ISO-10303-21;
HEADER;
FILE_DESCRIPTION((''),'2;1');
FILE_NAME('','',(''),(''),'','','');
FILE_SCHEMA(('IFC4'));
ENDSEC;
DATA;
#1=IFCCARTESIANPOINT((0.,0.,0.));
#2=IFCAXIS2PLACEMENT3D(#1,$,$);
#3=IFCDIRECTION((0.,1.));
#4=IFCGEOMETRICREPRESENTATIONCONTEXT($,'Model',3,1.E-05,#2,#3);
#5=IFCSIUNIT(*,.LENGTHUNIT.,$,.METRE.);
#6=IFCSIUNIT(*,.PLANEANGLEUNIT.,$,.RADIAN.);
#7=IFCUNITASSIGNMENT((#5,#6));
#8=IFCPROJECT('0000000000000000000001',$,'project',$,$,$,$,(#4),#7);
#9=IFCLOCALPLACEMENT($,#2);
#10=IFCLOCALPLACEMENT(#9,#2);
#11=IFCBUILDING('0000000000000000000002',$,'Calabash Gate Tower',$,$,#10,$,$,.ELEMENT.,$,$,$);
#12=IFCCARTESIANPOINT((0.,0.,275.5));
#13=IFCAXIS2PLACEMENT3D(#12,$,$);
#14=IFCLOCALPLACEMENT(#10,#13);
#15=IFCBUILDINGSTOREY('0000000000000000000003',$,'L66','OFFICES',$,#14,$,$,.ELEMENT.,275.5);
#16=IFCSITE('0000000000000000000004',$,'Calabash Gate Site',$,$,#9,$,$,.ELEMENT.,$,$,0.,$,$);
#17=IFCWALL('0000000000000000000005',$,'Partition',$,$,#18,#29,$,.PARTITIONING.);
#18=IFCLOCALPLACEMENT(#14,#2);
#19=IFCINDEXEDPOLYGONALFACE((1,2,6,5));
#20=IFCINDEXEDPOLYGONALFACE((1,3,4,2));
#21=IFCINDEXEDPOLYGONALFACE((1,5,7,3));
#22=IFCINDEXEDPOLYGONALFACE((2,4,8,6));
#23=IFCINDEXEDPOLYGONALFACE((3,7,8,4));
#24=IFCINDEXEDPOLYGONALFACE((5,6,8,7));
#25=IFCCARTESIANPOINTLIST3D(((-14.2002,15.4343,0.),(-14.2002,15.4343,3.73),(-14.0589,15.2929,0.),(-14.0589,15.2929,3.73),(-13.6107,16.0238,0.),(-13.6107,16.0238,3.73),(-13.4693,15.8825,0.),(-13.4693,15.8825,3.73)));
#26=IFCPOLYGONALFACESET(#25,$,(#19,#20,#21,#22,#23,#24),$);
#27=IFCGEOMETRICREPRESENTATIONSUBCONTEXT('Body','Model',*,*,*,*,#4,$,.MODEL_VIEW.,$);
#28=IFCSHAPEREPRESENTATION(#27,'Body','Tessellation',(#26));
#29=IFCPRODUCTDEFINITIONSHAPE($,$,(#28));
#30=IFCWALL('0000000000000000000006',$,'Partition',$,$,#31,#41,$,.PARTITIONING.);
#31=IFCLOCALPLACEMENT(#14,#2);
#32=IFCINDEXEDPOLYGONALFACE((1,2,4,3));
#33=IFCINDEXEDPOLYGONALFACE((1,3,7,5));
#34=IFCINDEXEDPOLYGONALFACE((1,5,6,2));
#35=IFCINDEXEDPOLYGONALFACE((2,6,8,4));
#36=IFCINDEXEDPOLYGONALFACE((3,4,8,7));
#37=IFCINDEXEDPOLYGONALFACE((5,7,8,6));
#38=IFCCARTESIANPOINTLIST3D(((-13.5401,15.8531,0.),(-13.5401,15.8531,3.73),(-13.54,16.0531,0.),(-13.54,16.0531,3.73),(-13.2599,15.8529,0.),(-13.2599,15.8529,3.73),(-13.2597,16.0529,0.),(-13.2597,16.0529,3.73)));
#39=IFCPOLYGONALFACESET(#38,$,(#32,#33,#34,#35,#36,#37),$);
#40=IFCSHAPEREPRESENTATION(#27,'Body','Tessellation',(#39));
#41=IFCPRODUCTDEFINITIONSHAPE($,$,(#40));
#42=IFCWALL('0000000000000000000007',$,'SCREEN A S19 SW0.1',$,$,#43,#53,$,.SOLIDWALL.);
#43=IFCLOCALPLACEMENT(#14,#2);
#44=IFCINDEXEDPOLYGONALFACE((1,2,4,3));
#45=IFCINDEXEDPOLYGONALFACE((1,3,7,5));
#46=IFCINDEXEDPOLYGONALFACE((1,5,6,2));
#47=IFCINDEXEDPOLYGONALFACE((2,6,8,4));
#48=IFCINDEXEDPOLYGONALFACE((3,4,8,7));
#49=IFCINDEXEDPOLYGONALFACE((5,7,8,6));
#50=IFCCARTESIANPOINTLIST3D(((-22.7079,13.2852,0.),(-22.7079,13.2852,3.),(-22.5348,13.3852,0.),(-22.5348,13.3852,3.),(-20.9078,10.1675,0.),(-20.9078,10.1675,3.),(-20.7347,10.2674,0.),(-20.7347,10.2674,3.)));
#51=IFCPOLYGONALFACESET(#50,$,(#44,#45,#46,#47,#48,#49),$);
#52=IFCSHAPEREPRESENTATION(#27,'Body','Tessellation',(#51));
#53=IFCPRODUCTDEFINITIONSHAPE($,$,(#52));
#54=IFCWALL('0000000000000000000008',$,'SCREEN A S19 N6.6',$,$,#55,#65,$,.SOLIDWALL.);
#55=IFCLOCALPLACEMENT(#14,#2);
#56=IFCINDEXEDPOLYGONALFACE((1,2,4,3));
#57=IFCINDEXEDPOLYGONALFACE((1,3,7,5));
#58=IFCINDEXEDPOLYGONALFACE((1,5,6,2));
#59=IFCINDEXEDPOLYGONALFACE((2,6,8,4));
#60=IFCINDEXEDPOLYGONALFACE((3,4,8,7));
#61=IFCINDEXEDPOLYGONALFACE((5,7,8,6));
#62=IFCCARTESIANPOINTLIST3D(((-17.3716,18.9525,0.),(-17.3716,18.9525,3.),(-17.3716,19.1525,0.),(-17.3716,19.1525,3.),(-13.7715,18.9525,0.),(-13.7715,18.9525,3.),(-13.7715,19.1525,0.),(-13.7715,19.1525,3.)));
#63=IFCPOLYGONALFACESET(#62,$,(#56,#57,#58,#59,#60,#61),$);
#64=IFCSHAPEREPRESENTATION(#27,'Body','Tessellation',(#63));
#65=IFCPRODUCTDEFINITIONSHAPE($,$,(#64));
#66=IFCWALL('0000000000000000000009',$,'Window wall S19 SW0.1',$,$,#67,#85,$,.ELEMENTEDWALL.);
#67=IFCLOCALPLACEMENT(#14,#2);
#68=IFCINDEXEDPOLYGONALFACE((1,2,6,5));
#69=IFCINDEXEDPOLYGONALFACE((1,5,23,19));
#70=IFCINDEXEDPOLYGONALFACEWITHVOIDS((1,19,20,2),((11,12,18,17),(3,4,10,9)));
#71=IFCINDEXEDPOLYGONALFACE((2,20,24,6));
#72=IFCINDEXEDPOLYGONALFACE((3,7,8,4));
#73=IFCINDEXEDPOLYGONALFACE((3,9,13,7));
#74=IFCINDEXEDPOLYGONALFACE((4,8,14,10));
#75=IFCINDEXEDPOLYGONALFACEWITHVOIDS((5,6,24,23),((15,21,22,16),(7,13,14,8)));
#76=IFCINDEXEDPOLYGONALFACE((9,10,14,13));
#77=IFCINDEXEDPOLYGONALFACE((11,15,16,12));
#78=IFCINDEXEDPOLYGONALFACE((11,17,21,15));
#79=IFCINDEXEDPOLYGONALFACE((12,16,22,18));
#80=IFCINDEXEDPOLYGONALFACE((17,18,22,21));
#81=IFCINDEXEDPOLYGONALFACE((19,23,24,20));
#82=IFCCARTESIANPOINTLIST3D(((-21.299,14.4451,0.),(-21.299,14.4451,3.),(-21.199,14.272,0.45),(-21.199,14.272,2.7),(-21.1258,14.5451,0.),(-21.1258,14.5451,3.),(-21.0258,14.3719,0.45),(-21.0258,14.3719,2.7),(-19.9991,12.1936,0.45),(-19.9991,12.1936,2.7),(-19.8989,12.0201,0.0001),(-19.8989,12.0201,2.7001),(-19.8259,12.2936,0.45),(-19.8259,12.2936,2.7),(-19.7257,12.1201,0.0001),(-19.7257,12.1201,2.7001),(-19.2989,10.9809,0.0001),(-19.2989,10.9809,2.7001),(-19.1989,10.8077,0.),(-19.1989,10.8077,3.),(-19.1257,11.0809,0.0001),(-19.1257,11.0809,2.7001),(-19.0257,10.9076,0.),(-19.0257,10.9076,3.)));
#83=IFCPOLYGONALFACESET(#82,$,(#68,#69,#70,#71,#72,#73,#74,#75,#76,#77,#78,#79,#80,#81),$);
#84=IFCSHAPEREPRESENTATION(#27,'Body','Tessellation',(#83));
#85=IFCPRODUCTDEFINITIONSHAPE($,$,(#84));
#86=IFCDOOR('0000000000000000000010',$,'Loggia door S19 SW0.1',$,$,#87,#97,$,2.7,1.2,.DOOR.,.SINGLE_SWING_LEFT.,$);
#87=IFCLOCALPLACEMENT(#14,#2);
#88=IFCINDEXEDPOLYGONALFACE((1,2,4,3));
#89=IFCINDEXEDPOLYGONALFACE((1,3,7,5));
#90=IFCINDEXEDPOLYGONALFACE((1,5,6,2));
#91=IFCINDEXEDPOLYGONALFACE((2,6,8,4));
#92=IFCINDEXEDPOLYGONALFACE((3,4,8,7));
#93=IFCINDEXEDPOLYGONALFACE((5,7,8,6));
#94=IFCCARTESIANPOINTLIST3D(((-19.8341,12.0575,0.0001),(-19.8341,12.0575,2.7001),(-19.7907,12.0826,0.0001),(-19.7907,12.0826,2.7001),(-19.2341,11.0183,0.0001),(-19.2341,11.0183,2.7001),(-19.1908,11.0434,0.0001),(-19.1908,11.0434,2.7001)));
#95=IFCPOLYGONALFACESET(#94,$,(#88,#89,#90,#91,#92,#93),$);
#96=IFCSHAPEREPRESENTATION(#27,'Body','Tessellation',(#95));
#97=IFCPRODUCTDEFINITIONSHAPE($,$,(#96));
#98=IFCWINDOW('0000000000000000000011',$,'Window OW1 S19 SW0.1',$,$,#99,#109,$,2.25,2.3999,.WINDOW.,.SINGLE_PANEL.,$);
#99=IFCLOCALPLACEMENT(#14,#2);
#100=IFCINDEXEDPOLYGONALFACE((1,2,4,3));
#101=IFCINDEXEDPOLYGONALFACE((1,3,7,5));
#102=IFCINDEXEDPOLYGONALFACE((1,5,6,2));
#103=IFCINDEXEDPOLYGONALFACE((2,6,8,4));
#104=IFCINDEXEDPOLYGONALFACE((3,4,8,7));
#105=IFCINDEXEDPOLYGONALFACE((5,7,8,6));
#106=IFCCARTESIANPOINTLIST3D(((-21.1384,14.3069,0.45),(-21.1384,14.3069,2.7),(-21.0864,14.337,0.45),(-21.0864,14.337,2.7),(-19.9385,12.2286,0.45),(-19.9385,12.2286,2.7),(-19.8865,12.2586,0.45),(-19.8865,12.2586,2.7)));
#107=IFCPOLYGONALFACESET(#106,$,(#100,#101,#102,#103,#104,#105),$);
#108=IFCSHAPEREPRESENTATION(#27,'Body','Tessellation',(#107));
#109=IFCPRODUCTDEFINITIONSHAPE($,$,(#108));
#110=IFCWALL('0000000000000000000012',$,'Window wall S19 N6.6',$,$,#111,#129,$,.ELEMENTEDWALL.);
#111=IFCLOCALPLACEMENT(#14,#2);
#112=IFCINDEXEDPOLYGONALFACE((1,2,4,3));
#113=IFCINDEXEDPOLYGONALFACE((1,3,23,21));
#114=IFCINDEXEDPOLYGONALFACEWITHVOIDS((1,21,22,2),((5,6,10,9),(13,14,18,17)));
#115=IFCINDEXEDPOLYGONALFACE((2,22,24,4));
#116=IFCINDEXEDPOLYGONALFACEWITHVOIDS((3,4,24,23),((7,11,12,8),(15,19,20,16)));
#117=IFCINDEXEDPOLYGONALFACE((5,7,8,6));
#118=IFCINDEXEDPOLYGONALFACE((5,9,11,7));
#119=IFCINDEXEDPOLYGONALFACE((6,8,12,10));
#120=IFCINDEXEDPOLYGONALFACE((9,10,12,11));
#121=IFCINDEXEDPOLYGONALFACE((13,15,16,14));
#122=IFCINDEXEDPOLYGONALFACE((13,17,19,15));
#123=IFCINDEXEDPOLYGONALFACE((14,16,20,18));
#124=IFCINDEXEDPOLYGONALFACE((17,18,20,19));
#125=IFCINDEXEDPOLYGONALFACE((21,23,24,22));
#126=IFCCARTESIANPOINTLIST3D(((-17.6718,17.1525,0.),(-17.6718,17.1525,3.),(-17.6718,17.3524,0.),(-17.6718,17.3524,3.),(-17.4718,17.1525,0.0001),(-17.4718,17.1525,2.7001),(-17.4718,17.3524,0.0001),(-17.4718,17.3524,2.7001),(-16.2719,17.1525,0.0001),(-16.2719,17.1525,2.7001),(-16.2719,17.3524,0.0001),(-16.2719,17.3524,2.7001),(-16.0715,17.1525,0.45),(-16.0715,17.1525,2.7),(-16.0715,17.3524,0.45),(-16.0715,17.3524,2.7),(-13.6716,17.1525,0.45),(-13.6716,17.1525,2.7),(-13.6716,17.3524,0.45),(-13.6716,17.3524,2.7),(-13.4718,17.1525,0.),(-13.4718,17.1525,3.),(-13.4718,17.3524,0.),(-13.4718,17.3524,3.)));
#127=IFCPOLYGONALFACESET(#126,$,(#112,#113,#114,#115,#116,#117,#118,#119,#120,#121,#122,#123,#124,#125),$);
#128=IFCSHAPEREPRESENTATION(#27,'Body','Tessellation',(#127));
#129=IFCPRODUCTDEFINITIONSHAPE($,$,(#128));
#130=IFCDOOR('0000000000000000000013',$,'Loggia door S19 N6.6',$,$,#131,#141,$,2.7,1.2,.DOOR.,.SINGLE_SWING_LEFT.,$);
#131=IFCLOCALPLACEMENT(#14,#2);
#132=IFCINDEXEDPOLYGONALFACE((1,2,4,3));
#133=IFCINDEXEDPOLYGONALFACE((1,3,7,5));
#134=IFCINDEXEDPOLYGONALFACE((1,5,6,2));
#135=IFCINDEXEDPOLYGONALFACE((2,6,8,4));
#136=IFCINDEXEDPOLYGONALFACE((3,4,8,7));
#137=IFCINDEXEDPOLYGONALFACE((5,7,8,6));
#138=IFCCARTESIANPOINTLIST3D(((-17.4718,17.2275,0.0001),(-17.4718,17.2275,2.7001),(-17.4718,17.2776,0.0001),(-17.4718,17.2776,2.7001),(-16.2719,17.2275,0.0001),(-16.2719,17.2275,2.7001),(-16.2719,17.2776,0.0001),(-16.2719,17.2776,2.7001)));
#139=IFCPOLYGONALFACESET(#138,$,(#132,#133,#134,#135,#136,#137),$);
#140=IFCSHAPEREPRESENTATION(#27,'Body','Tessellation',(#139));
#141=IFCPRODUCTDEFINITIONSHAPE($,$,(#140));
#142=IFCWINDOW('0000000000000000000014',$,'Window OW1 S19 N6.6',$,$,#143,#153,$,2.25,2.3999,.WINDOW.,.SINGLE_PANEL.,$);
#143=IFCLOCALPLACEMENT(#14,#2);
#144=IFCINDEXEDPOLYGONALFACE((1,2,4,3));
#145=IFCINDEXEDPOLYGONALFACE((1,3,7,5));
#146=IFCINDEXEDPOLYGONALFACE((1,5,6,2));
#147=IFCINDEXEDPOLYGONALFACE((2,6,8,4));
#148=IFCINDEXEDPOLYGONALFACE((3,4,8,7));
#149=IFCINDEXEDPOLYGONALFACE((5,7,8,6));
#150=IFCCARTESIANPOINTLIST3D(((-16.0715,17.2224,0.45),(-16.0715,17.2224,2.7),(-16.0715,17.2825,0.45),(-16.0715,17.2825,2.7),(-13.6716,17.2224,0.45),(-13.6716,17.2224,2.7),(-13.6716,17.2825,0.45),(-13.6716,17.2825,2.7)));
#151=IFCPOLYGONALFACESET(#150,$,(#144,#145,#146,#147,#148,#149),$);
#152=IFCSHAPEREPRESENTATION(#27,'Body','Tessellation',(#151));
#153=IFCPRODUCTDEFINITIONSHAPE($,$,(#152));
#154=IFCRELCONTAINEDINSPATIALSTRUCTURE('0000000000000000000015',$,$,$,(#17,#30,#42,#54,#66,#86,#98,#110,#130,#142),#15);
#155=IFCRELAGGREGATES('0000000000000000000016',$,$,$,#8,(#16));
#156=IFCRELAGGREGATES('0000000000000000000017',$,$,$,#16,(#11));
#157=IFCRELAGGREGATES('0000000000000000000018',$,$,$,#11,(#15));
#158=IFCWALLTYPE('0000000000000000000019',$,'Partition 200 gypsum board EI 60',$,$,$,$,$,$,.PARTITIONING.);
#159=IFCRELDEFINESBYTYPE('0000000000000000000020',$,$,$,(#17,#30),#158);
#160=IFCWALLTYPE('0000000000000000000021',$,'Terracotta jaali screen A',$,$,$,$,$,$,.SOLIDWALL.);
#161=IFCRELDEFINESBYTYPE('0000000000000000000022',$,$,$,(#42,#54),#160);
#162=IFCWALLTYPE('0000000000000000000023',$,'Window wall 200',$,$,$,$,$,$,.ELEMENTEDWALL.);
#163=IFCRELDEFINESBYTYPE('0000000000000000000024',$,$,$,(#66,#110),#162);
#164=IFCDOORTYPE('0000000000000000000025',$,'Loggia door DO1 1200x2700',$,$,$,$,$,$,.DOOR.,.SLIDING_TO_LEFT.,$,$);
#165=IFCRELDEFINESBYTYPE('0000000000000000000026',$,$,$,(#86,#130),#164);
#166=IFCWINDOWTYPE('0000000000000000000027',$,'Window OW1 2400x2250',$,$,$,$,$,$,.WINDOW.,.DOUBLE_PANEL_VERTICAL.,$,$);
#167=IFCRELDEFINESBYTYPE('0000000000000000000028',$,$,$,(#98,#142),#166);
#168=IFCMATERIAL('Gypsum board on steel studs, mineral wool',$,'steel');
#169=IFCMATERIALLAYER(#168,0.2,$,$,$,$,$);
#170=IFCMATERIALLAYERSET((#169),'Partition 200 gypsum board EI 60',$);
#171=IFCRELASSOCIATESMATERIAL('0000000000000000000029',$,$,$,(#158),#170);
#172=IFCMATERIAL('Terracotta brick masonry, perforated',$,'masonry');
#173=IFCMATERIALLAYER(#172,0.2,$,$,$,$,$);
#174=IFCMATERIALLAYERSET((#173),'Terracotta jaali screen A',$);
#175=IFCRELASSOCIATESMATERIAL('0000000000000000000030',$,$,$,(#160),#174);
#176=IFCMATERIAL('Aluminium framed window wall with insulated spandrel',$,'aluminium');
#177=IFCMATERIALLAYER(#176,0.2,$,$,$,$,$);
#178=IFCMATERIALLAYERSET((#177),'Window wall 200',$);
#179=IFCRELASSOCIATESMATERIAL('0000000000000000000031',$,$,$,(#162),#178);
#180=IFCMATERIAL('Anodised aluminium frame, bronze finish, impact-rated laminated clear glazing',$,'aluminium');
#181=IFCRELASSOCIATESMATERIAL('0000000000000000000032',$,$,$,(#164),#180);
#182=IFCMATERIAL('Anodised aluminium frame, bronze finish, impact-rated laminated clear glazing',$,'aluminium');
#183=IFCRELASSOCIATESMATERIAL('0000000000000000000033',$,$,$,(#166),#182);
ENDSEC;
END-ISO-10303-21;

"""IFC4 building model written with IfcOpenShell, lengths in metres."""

from ifc_helpers import new_model, si_unit, direction, frame, frame_2d, origin, place, context, subcontext, project, spatial, rectangle, extrude, material, layer, layer_set, type_object, element, fill, save


model = new_model("IFC4")

# Units and contexts
model_context = context("Model", 3, precision=1e-05, world=origin(), true_north=direction((0.0, 1.0)))
body_context = subcontext(model_context, "Body", "Model", "MODEL_VIEW")
ifc_project = project(units=[si_unit("LENGTHUNIT", "METRE"), si_unit("PLANEANGLEUNIT", "RADIAN")], contexts=[model_context])

# Site, building, storey
site_placement = place(None, origin())
site = spatial("IfcSite", under=ifc_project, at=site_placement, Name="Calabash Gate Site", CompositionType="ELEMENT", RefElevation=0.0)
building_placement = place(site_placement, origin())
building = spatial("IfcBuilding", under=site, at=building_placement, Name="Calabash Gate Tower", CompositionType="ELEMENT")
storey_placement = place(building_placement, frame((0.0, 0.0, 275.5)))
storey = spatial("IfcBuildingStorey", under=building, at=storey_placement, Name="L66", Description="OFFICES", CompositionType="ELEMENT", Elevation=275.5)

# Shared definitions
ifc_material_1 = material(Name="Gypsum board on steel studs, mineral wool", Category="steel")
ifc_layer_1 = layer(ifc_material_1, 0.2)
ifc_layer_set_1 = layer_set([ifc_layer_1], Name="Partition 200 gypsum board EI 60")
wall_type_1 = type_object("IfcWallType", Name="Partition 200 gypsum board EI 60", PredefinedType="PARTITIONING", material=ifc_layer_set_1)

# Walls
wall_1_placement = place(storey_placement, frame((-14.1296, 15.3635, 0.0), z_axis=(0.0, 0.0, 1.0), x_axis=(0.707107, 0.707107, 0.0)))
element("IfcWall", 1, at=wall_1_placement, inside=storey, type_object=wall_type_1, Name="Partition", PredefinedType="PARTITIONING", context=body_context, shape_type="SweptSolid", body=[
    extrude(rectangle(XDim=0.8337, YDim=0.2, at=frame_2d((0.417, 0.0))), origin(), (0.0, 0.0, 1.0), 3.73),
])
wall_2_placement = place(storey_placement, frame((-13.54, 15.9531, 0.0), z_axis=(0.0, 0.0, 1.0), x_axis=(1.0, -0.000871, 0.0)))
element("IfcWall", 2, at=wall_2_placement, inside=storey, type_object=wall_type_1, Name="Partition", PredefinedType="PARTITIONING", context=body_context, shape_type="SweptSolid", body=[
    extrude(rectangle(XDim=0.2803, YDim=0.2, at=frame_2d((0.1401, 0.0))), origin(), (0.0, 0.0, 1.0), 3.73),
])
ifc_material_2 = material(Name="Terracotta brick masonry, perforated", Category="masonry")
ifc_layer_2 = layer(ifc_material_2, 0.2)
ifc_layer_set_2 = layer_set([ifc_layer_2], Name="Terracotta jaali screen A")
wall_type_2 = type_object("IfcWallType", Name="Terracotta jaali screen A", PredefinedType="SOLIDWALL", material=ifc_layer_set_2)
for number, where, z_axis, x_axis, name in (
    (3, (-22.6213, 13.3352, 0.0), (0.0, 0.0, 1.0), (0.500012, -0.866018, 0.0), "SCREEN A S19 SW0.1"),
    (4, (-13.7715, 19.0525, 0.0), (0.0, 0.0, 1.0), (-1.0, 0.0, 0.0), "SCREEN A S19 N6.6"),
):
    element("IfcWall", number, at=place(storey_placement, frame(where, z_axis=z_axis, x_axis=x_axis)), inside=storey, type_object=wall_type_2, Name=name, PredefinedType="SOLIDWALL", context=body_context, shape_type="SweptSolid", body=[
        extrude(rectangle(XDim=3.6001, YDim=0.2, at=frame_2d((1.8, 0.0))), origin(), (0.0, 0.0, 1.0), 3.0),
    ])

# Walls, openings, doors, windows
ifc_material_3 = material(Name="Aluminium framed window wall with insulated spandrel", Category="aluminium")
ifc_layer_3 = layer(ifc_material_3, 0.2)
ifc_layer_set_3 = layer_set([ifc_layer_3], Name="Window wall 200")
wall_type_3 = type_object("IfcWallType", Name="Window wall 200", PredefinedType="ELEMENTEDWALL", material=ifc_layer_set_3)
wall_3_placement = place(storey_placement, frame((-21.2124, 14.4951, 0.0), z_axis=(0.0, 0.0, 1.0), x_axis=(0.500003, -0.866024, 0.0)))
wall_3 = element("IfcWall", 5, at=wall_3_placement, inside=storey, type_object=wall_type_3, Name="Window wall S19 SW0.1", PredefinedType="ELEMENTEDWALL", context=body_context, shape_type="SweptSolid", body=[
    extrude(rectangle(XDim=4.2002, YDim=0.2, at=frame_2d((2.1001, 0.0))), origin(), (0.0, 0.0, 1.0), 3.0),
])
opening_1_placement = place(wall_3_placement, frame((0.2, 0.0, 0.45)))
opening_1 = element("IfcOpeningElement", 6, at=opening_1_placement, cuts=wall_3, PredefinedType="OPENING", context=body_context, shape_type="SweptSolid", body=[
    extrude(rectangle(XDim=2.3999, YDim=2.25, at=frame_2d((1.2, 1.125))), frame((0.0, 0.1099, 0.0), z_axis=(0.0, -1.0, 0.0), x_axis=(1.0, 0.0, 0.0)), (0.0, 0.0, 1.0), 0.22),
])
opening_2_placement = place(wall_3_placement, frame((2.8, 0.0, 0.0)))
opening_2 = element("IfcOpeningElement", 7, at=opening_2_placement, cuts=wall_3, PredefinedType="OPENING", context=body_context, shape_type="SweptSolid", body=[
    extrude(rectangle(XDim=1.2, YDim=2.7, at=frame_2d((0.6001, 1.3501))), frame((0.0, 0.1099, 0.0), z_axis=(0.0, -1.0, 0.0), x_axis=(1.0, 0.0, 0.0)), (0.0, 0.0, 1.0), 0.22),
])
ifc_material_4 = material(Name="Anodised aluminium frame, bronze finish, impact-rated laminated clear glazing", Category="aluminium")
door_type_1 = type_object("IfcDoorType", Name="Loggia door DO1 1200x2700", OperationType="SLIDING_TO_LEFT", PredefinedType="DOOR", material=ifc_material_4)
door_1_placement = place(opening_2_placement, origin())
door_1 = element("IfcDoor", 8, at=door_1_placement, inside=storey, type_object=door_type_1, Name="Loggia door S19 SW0.1", OperationType="SINGLE_SWING_LEFT", OverallHeight=2.7, OverallWidth=1.2, PredefinedType="DOOR", context=body_context, shape_type="SweptSolid", body=[
    extrude(rectangle(XDim=1.2, YDim=2.7, at=frame_2d((0.6001, 1.3501))), frame((0.0, 0.0249, 0.0), z_axis=(0.0, -1.0, 0.0), x_axis=(1.0, 0.0, 0.0)), (0.0, 0.0, 1.0), 0.05),
])
fill(opening_2, door_1)
ifc_material_5 = material(Name="Anodised aluminium frame, bronze finish, impact-rated laminated clear glazing", Category="aluminium")
window_type = type_object("IfcWindowType", Name="Window OW1 2400x2250", PartitioningType="DOUBLE_PANEL_VERTICAL", PredefinedType="WINDOW", material=ifc_material_5)
window_1_placement = place(opening_1_placement, origin())
window_1 = element("IfcWindow", 9, at=window_1_placement, inside=storey, type_object=window_type, Name="Window OW1 S19 SW0.1", OverallHeight=2.25, OverallWidth=2.3999, PartitioningType="SINGLE_PANEL", PredefinedType="WINDOW", context=body_context, shape_type="SweptSolid", body=[
    extrude(rectangle(XDim=2.3999, YDim=2.25, at=frame_2d((1.2, 1.125))), frame((0.0, 0.03, 0.0), z_axis=(0.0, -1.0, 0.0), x_axis=(1.0, 0.0, 0.0)), (0.0, 0.0, 1.0), 0.0601),
])
fill(opening_1, window_1)
wall_4_placement = place(storey_placement, frame((-13.4717, 17.2524, 0.0), z_axis=(0.0, 0.0, 1.0), x_axis=(-1.0, 0.0, 0.0)))
wall_4 = element("IfcWall", 10, at=wall_4_placement, inside=storey, type_object=wall_type_3, Name="Window wall S19 N6.6", PredefinedType="ELEMENTEDWALL", context=body_context, shape_type="SweptSolid", body=[
    extrude(rectangle(XDim=4.2, YDim=0.2, at=frame_2d((2.1001, 0.0))), origin(), (0.0, 0.0, 1.0), 3.0),
])
opening_3_placement = place(wall_4_placement, frame((0.2, 0.0, 0.45)))
opening_3 = element("IfcOpeningElement", 11, at=opening_3_placement, cuts=wall_4, PredefinedType="OPENING", context=body_context, shape_type="SweptSolid", body=[
    extrude(rectangle(XDim=2.3999, YDim=2.25, at=frame_2d((1.2, 1.125))), frame((0.0, 0.1099, 0.0), z_axis=(0.0, -1.0, 0.0), x_axis=(1.0, 0.0, 0.0)), (0.0, 0.0, 1.0), 0.22),
])
opening_4_placement = place(wall_4_placement, frame((2.8, 0.0, 0.0)))
opening_4 = element("IfcOpeningElement", 12, at=opening_4_placement, cuts=wall_4, PredefinedType="OPENING", context=body_context, shape_type="SweptSolid", body=[
    extrude(rectangle(XDim=1.2, YDim=2.7, at=frame_2d((0.6001, 1.3501))), frame((0.0, 0.1099, 0.0), z_axis=(0.0, -1.0, 0.0), x_axis=(1.0, 0.0, 0.0)), (0.0, 0.0, 1.0), 0.22),
])
door_2_placement = place(opening_4_placement, origin())
door_2 = element("IfcDoor", 13, at=door_2_placement, inside=storey, type_object=door_type_1, Name="Loggia door S19 N6.6", OperationType="SINGLE_SWING_LEFT", OverallHeight=2.7, OverallWidth=1.2, PredefinedType="DOOR", context=body_context, shape_type="SweptSolid", body=[
    extrude(rectangle(XDim=1.2, YDim=2.7, at=frame_2d((0.6001, 1.3501))), frame((0.0, 0.0249, 0.0), z_axis=(0.0, -1.0, 0.0), x_axis=(1.0, 0.0, 0.0)), (0.0, 0.0, 1.0), 0.05),
])
fill(opening_4, door_2)
window_2_placement = place(opening_3_placement, origin())
window_2 = element("IfcWindow", 14, at=window_2_placement, inside=storey, type_object=window_type, Name="Window OW1 S19 N6.6", OverallHeight=2.25, OverallWidth=2.3999, PartitioningType="SINGLE_PANEL", PredefinedType="WINDOW", context=body_context, shape_type="SweptSolid", body=[
    extrude(rectangle(XDim=2.3999, YDim=2.25, at=frame_2d((1.2, 1.125))), frame((0.0, 0.03, 0.0), z_axis=(0.0, -1.0, 0.0), x_axis=(1.0, 0.0, 0.0)), (0.0, 0.0, 1.0), 0.0601),
])
fill(opening_3, window_2)

save(model, "model.ifc")
